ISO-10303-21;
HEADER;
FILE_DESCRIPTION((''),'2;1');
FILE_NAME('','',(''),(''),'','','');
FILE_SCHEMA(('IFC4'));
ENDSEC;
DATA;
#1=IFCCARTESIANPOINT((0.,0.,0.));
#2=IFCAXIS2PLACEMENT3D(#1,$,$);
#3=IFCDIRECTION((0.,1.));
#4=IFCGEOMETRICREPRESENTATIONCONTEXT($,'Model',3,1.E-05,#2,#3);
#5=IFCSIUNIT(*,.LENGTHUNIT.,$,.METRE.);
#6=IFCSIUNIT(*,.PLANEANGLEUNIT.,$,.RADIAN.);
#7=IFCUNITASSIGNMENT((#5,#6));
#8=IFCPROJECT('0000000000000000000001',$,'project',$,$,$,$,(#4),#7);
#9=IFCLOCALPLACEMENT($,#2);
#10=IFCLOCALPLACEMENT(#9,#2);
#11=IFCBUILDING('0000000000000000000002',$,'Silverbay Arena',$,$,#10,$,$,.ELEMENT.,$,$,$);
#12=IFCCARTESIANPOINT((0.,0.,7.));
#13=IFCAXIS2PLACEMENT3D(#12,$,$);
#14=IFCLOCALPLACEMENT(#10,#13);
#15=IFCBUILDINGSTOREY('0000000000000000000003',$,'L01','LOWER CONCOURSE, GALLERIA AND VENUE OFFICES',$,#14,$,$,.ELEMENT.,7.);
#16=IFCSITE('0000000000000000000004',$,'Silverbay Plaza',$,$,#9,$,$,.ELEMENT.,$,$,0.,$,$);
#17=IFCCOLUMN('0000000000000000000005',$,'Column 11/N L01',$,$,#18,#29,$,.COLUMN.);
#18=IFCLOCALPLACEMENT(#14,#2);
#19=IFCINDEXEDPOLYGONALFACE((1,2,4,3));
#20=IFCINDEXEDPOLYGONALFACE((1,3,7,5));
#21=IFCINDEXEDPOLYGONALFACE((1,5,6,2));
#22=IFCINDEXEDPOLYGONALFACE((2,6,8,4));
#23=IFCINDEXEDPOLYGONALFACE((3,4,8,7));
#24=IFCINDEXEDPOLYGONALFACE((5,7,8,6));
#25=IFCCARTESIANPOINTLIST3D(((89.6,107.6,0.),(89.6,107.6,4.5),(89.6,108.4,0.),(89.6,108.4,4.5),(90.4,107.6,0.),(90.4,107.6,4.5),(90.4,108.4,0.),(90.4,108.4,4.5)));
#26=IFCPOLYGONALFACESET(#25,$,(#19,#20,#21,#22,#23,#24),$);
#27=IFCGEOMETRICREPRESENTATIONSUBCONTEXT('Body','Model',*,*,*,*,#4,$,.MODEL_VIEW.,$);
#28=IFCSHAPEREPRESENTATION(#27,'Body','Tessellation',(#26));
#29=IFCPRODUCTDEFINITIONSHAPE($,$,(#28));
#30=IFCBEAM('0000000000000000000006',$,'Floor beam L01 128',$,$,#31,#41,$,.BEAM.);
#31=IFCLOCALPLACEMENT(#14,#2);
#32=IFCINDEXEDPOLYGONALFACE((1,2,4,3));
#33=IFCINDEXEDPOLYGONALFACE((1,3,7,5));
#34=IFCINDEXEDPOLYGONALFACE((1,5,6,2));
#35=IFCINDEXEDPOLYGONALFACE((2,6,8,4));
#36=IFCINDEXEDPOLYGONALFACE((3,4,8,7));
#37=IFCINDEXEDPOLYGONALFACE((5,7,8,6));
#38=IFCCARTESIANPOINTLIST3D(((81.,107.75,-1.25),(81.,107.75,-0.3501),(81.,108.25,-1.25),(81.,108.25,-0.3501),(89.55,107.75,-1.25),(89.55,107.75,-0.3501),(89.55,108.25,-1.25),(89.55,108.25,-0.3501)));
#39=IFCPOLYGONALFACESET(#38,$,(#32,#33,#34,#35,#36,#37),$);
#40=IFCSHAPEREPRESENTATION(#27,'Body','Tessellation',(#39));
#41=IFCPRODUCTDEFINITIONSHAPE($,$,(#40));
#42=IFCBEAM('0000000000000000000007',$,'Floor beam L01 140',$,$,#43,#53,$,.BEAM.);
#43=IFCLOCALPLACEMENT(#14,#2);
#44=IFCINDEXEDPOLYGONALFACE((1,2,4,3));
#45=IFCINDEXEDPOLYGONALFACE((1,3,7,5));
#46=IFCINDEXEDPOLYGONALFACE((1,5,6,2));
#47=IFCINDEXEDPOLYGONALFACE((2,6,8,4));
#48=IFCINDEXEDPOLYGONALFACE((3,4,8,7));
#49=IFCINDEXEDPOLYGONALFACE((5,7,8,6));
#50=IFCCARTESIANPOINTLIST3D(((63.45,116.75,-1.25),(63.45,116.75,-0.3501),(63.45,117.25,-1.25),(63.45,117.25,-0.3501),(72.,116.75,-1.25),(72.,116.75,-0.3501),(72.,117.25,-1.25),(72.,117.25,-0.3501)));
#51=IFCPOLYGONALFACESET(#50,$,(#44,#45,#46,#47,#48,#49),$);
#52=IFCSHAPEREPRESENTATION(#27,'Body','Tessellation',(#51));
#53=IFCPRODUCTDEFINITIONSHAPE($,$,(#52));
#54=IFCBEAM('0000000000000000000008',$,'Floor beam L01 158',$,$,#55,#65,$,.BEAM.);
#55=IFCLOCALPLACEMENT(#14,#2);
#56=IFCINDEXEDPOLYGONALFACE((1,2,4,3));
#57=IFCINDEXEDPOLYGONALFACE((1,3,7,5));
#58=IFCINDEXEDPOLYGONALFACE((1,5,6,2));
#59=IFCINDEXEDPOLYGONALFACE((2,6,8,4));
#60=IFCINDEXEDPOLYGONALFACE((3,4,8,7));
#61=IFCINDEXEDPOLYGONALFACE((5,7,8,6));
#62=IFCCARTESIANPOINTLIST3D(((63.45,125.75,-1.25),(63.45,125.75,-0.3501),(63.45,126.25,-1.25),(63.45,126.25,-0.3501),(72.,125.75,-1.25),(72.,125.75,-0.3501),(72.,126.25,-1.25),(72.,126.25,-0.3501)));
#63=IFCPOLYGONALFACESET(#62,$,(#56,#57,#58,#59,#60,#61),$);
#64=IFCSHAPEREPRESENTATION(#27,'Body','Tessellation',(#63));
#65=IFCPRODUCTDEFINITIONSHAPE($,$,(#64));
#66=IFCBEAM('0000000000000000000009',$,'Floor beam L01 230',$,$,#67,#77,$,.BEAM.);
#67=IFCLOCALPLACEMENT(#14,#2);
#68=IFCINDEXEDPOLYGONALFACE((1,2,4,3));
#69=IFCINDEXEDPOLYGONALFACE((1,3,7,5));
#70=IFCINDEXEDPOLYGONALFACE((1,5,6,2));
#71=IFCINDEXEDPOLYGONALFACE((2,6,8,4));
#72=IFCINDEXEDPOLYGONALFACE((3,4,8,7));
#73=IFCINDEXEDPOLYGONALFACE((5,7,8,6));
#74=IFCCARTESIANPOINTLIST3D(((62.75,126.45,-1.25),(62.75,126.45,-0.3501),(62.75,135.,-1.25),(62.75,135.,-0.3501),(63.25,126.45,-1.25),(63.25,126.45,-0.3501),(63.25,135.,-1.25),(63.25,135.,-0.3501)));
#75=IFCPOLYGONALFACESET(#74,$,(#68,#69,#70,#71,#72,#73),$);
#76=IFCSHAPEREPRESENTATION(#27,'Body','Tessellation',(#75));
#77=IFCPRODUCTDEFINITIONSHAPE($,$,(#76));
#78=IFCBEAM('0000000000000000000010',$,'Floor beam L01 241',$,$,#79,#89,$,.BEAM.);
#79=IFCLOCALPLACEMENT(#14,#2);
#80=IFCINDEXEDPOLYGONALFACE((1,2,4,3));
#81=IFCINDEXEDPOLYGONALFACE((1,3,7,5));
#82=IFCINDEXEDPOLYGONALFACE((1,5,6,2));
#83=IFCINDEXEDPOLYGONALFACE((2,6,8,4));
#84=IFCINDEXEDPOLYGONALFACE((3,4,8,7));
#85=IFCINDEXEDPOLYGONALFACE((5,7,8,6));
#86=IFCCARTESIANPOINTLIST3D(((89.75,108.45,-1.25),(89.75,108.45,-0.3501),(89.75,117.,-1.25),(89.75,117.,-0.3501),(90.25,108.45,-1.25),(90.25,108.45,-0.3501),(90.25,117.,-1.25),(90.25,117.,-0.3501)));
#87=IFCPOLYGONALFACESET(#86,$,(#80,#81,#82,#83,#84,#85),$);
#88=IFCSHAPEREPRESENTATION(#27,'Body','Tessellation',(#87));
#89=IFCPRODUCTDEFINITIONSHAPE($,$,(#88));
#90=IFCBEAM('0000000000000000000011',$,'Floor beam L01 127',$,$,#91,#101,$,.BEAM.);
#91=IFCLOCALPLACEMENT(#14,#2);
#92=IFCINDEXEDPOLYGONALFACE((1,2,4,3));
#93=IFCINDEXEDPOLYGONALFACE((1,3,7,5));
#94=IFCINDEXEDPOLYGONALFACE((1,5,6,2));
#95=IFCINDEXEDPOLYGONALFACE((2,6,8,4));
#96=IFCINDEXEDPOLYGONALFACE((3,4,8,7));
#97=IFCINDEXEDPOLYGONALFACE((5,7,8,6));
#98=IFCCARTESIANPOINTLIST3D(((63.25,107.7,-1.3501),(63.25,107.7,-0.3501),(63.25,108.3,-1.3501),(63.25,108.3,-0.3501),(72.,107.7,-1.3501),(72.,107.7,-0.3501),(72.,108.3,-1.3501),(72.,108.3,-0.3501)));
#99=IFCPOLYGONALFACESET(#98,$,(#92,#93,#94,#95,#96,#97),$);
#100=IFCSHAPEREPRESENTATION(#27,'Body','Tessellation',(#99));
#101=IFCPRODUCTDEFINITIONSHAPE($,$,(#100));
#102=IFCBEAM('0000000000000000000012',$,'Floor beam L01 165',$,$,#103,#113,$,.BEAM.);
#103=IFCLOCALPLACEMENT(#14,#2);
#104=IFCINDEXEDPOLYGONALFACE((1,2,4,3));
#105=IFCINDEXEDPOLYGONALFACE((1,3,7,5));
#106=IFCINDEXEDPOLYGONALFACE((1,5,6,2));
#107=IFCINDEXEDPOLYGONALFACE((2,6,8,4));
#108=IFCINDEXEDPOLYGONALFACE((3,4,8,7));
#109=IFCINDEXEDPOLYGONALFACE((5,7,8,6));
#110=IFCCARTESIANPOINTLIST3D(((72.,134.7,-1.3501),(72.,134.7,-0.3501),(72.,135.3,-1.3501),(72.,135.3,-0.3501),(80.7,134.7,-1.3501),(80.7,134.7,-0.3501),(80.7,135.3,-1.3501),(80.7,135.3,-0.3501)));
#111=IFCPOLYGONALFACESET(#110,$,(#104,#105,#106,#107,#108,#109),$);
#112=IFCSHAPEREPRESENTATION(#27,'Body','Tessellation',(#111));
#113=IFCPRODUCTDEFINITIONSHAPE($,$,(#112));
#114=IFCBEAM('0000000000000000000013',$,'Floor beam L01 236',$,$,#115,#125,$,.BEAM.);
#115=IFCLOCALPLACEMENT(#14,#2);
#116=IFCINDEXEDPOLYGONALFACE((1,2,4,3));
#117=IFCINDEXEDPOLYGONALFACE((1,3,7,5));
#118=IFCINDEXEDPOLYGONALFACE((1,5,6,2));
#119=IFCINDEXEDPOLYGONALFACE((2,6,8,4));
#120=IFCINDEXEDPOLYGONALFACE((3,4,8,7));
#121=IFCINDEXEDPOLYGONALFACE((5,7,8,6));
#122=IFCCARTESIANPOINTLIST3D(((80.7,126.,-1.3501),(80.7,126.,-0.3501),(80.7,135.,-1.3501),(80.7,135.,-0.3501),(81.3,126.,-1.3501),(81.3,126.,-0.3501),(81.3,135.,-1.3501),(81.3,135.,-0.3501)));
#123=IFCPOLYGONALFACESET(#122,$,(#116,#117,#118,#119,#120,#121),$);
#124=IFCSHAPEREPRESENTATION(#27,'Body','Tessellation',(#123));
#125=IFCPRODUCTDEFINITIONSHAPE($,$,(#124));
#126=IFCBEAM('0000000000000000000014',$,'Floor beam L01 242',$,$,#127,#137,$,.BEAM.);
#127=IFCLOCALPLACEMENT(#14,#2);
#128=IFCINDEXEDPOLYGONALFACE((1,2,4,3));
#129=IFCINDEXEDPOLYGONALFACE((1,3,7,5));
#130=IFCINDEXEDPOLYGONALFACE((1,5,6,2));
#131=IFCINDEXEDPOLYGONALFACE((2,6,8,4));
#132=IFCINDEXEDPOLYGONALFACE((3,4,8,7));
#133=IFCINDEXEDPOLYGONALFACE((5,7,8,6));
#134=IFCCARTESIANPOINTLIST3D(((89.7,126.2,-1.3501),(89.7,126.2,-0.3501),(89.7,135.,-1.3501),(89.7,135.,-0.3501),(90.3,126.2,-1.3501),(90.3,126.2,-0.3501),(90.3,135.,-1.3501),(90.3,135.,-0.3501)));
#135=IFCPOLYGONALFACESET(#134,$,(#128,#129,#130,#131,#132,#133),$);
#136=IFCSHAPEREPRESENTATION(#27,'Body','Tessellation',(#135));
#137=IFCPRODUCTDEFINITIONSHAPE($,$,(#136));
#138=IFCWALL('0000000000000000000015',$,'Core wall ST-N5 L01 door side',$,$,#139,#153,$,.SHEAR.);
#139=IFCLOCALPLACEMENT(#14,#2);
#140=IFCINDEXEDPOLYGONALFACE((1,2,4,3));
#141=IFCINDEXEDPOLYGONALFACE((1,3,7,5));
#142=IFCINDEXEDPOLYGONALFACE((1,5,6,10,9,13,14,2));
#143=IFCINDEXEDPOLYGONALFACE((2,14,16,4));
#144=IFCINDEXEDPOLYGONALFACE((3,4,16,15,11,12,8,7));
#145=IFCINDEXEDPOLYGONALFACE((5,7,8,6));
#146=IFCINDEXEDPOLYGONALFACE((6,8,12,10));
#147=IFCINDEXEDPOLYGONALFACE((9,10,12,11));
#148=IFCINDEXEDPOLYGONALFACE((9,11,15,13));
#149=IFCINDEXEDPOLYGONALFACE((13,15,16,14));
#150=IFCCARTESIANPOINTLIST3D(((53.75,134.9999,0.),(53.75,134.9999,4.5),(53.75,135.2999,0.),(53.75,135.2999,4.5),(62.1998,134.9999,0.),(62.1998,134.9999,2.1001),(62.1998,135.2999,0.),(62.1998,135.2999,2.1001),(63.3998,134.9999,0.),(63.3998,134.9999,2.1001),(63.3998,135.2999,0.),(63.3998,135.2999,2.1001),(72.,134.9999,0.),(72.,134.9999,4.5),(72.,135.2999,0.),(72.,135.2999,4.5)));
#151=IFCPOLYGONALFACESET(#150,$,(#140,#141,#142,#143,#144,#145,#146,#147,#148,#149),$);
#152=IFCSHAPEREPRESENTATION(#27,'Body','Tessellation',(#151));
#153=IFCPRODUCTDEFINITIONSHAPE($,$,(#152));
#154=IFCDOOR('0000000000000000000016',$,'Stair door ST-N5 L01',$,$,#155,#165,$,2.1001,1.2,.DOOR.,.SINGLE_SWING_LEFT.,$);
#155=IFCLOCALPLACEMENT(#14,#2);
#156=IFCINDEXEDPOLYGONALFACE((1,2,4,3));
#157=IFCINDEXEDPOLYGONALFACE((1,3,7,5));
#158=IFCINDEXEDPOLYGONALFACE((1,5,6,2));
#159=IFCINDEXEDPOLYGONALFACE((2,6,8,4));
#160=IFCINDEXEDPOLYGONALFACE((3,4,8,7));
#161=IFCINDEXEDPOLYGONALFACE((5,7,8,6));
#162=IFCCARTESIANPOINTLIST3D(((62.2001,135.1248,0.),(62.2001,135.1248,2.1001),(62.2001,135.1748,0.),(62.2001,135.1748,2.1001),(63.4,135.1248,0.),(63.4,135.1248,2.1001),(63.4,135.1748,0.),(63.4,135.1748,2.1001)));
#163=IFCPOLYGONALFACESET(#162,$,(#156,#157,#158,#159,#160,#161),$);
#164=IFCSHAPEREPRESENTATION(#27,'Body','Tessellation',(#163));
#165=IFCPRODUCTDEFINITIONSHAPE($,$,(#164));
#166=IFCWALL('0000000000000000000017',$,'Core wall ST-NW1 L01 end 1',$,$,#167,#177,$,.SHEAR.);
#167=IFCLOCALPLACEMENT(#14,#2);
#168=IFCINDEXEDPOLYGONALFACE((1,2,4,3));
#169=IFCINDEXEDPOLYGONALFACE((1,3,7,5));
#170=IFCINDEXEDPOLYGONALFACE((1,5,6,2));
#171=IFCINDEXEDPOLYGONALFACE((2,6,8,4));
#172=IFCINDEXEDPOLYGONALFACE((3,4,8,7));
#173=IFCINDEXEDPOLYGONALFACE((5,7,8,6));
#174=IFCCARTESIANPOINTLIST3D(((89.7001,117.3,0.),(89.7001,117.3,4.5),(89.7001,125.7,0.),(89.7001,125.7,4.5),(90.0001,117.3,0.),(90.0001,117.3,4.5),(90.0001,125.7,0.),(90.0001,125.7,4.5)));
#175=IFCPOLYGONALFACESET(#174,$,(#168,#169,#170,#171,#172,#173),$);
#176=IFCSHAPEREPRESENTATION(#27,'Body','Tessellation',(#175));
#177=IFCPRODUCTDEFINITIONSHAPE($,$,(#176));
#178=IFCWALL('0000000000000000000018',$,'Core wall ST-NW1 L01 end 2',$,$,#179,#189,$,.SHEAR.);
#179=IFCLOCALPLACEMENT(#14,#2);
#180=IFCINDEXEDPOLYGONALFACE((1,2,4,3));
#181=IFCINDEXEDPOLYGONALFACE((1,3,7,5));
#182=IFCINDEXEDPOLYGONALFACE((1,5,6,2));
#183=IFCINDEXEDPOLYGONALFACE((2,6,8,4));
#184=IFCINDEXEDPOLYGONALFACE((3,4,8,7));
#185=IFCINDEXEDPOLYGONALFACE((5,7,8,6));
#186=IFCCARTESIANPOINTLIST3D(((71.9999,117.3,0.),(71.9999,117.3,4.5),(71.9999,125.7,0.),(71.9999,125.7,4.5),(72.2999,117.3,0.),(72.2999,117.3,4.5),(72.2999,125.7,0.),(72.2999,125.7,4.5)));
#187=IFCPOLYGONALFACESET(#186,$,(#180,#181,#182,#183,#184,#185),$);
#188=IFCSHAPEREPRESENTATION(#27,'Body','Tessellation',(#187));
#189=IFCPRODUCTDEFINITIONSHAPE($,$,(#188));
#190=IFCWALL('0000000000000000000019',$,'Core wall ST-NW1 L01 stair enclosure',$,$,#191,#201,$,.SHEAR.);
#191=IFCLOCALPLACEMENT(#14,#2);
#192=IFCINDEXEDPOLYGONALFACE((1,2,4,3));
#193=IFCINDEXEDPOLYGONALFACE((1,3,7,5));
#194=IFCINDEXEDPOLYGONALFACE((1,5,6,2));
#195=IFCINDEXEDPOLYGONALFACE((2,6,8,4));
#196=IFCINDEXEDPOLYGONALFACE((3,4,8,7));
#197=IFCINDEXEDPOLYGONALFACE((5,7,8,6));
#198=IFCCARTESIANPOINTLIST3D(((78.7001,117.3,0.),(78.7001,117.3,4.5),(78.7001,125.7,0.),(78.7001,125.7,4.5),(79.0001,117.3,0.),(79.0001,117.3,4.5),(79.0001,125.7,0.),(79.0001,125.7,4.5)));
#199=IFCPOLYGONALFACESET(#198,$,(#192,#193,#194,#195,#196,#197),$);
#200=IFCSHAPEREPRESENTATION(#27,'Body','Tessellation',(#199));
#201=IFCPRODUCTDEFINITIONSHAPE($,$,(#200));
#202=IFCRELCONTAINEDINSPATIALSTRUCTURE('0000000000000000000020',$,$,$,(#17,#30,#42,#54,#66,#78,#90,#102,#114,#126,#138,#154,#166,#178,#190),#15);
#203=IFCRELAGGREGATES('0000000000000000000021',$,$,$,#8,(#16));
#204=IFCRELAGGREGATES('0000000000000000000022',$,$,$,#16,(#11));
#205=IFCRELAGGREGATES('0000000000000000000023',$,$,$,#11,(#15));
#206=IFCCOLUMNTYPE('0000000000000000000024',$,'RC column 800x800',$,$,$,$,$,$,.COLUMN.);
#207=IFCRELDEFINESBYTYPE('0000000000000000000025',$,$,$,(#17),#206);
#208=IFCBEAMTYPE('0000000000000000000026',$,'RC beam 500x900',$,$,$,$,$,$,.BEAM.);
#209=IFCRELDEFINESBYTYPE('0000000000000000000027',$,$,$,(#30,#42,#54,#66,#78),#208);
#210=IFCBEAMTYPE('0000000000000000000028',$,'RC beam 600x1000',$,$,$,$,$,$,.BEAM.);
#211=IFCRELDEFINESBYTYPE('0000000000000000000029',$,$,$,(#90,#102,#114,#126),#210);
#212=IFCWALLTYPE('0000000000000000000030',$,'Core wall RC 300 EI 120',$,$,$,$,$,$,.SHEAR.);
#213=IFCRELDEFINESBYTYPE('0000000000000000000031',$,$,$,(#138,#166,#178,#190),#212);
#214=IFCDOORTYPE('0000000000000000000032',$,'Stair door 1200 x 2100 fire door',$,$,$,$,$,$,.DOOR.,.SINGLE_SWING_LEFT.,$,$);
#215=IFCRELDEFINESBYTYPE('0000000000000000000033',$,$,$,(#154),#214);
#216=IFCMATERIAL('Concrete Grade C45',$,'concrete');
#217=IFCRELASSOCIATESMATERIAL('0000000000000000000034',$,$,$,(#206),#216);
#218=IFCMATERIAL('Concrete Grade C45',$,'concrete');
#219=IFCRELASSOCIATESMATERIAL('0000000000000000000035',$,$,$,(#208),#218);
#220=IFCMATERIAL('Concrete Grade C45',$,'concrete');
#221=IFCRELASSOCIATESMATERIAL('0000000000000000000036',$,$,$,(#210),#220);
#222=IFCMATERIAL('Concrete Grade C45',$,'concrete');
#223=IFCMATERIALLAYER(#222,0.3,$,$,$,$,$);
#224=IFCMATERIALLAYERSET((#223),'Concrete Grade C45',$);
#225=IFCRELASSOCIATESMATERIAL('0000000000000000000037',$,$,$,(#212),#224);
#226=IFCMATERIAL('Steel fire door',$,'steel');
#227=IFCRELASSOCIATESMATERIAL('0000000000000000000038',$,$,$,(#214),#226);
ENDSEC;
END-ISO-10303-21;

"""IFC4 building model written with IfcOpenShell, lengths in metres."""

from ifc_helpers import new_model, si_unit, direction, frame, frame_2d, origin, origin_2d, place, context, subcontext, project, spatial, rectangle, extrude, material, layer, layer_set, material_profile, profile_set, type_object, element, fill, save


model = new_model("IFC4")

# Units and contexts
model_context = context("Model", 3, precision=1e-05, world=origin(), true_north=direction((0.0, 1.0)))
body_context = subcontext(model_context, "Body", "Model", "MODEL_VIEW")
ifc_project = project(units=[si_unit("LENGTHUNIT", "METRE"), si_unit("PLANEANGLEUNIT", "RADIAN")], contexts=[model_context])

# Site, building, storey
site_placement = place(None, origin())
site = spatial("IfcSite", under=ifc_project, at=site_placement, Name="Silverbay Plaza", CompositionType="ELEMENT", RefElevation=0.0)
building_placement = place(site_placement, origin())
building = spatial("IfcBuilding", under=site, at=building_placement, Name="Silverbay Arena", CompositionType="ELEMENT")
storey_placement = place(building_placement, frame((0.0, 0.0, 7.0)))
storey = spatial("IfcBuildingStorey", under=building, at=storey_placement, Name="L01", Description="LOWER CONCOURSE, GALLERIA AND VENUE OFFICES", CompositionType="ELEMENT", Elevation=7.0)

# Column
ifc_material_1 = material(Name="Concrete Grade C45", Category="concrete")
ifc_material_profile_1 = material_profile(ifc_material_1, rectangle(XDim=0.8, YDim=0.8, at=origin_2d()), Name="RC 800x800")
ifc_profile_set_1 = profile_set([ifc_material_profile_1], Name="Concrete Grade C45")
column_type = type_object("IfcColumnType", Name="RC column 800x800", PredefinedType="COLUMN", material=ifc_profile_set_1)
column_placement = place(storey_placement, frame((90.0, 108.0, 0.0), z_axis=(0.0, 0.0, 1.0), x_axis=(1.0, 0.0, 0.0)))
element("IfcColumn", 1, at=column_placement, inside=storey, type_object=column_type, Name="Column 11/N L01", PredefinedType="COLUMN", context=body_context, shape_type="SweptSolid", body=[
    extrude(rectangle(XDim=0.8, YDim=0.8, at=origin_2d()), origin(), (0.0, 0.0, 1.0), 4.5),
])

# Beams
ifc_material_2 = material(Name="Concrete Grade C45", Category="concrete")
ifc_material_profile_2 = material_profile(ifc_material_2, rectangle(XDim=0.5, YDim=0.8999, at=origin_2d()), Name="RC 500x900")
ifc_profile_set_2 = profile_set([ifc_material_profile_2], Name="Concrete Grade C45")
beam_type_1 = type_object("IfcBeamType", Name="RC beam 500x900", PredefinedType="BEAM", material=ifc_profile_set_2)
for number, where, z_axis, x_axis, name in (
    (2, (81.0, 108.0, -0.8), (1.0, 0.0, 0.0), (0.0, 1.0, 0.0), "Floor beam L01 128"),
    (3, (63.45, 117.0, -0.8), (1.0, 0.0, 0.0), (0.0, 1.0, 0.0), "Floor beam L01 140"),
    (4, (63.45, 126.0, -0.8), (1.0, 0.0, 0.0), (0.0, 1.0, 0.0), "Floor beam L01 158"),
    (5, (63.0, 126.45, -0.8), (0.0, 1.0, 0.0), (-1.0, 0.0, 0.0), "Floor beam L01 230"),
    (6, (90.0, 108.45, -0.8), (0.0, 1.0, 0.0), (-1.0, 0.0, 0.0), "Floor beam L01 241"),
):
    element("IfcBeam", number, at=place(storey_placement, frame(where, z_axis=z_axis, x_axis=x_axis)), inside=storey, type_object=beam_type_1, Name=name, PredefinedType="BEAM", context=body_context, shape_type="SweptSolid", body=[
        extrude(rectangle(XDim=0.5, YDim=0.8999, at=origin_2d()), origin(), (0.0, 0.0, 1.0), 8.55),
    ])
ifc_material_3 = material(Name="Concrete Grade C45", Category="concrete")
ifc_material_profile_3 = material_profile(ifc_material_3, rectangle(XDim=0.6001, YDim=1.0, at=origin_2d()), Name="RC 600x1000")
ifc_profile_set_3 = profile_set([ifc_material_profile_3], Name="Concrete Grade C45")
beam_type_2 = type_object("IfcBeamType", Name="RC beam 600x1000", PredefinedType="BEAM", material=ifc_profile_set_3)
beam_1_placement = place(storey_placement, frame((63.25, 108.0, -0.8501), z_axis=(1.0, 0.0, 0.0), x_axis=(0.0, 1.0, 0.0)))
element("IfcBeam", 7, at=beam_1_placement, inside=storey, type_object=beam_type_2, Name="Floor beam L01 127", PredefinedType="BEAM", context=body_context, shape_type="SweptSolid", body=[
    extrude(rectangle(XDim=0.6001, YDim=1.0, at=origin_2d()), origin(), (0.0, 0.0, 1.0), 8.75),
])
beam_2_placement = place(storey_placement, frame((72.0, 135.0, -0.8501), z_axis=(1.0, 0.0, 0.0), x_axis=(0.0, 1.0, 0.0)))
element("IfcBeam", 8, at=beam_2_placement, inside=storey, type_object=beam_type_2, Name="Floor beam L01 165", PredefinedType="BEAM", context=body_context, shape_type="SweptSolid", body=[
    extrude(rectangle(XDim=0.6001, YDim=1.0, at=origin_2d()), origin(), (0.0, 0.0, 1.0), 8.7),
])
beam_3_placement = place(storey_placement, frame((81.0, 126.0, -0.8501), z_axis=(0.0, 1.0, 0.0), x_axis=(-1.0, 0.0, 0.0)))
element("IfcBeam", 9, at=beam_3_placement, inside=storey, type_object=beam_type_2, Name="Floor beam L01 236", PredefinedType="BEAM", context=body_context, shape_type="SweptSolid", body=[
    extrude(rectangle(XDim=0.6001, YDim=1.0, at=origin_2d()), origin(), (0.0, 0.0, 1.0), 9.0),
])
beam_4_placement = place(storey_placement, frame((90.0, 126.2, -0.8501), z_axis=(0.0, 1.0, 0.0), x_axis=(-1.0, 0.0, 0.0)))
element("IfcBeam", 10, at=beam_4_placement, inside=storey, type_object=beam_type_2, Name="Floor beam L01 242", PredefinedType="BEAM", context=body_context, shape_type="SweptSolid", body=[
    extrude(rectangle(XDim=0.6001, YDim=1.0, at=origin_2d()), origin(), (0.0, 0.0, 1.0), 8.8),
])

# Wall, opening, door
ifc_material_4 = material(Name="Concrete Grade C45", Category="concrete")
ifc_layer = layer(ifc_material_4, 0.3)
ifc_layer_set = layer_set([ifc_layer], Name="Concrete Grade C45")
wall_type = type_object("IfcWallType", Name="Core wall RC 300 EI 120", PredefinedType="SHEAR", material=ifc_layer_set)
wall_placement = place(storey_placement, frame((72.0, 135.1499, 0.0), z_axis=(0.0, 0.0, 1.0), x_axis=(-1.0, 0.0, 0.0)))
wall = element("IfcWall", 11, at=wall_placement, inside=storey, type_object=wall_type, Name="Core wall ST-N5 L01 door side", PredefinedType="SHEAR", context=body_context, shape_type="SweptSolid", body=[
    extrude(rectangle(XDim=18.25, YDim=0.3, at=frame_2d((9.125, 0.0))), origin(), (0.0, 0.0, 1.0), 4.5),
])
opening_placement = place(wall_placement, frame((8.6001, 0.0, 0.0)))
opening = element("IfcOpeningElement", 12, at=opening_placement, cuts=wall, PredefinedType="OPENING", context=body_context, shape_type="SweptSolid", body=[
    extrude(rectangle(XDim=1.2, YDim=2.1001, at=frame_2d((0.6001, 1.05))), frame((0.0, 0.1602, 0.0), z_axis=(0.0, -1.0, 0.0), x_axis=(1.0, 0.0, 0.0)), (0.0, 0.0, 1.0), 0.3201),
])
ifc_material_5 = material(Name="Steel fire door", Category="steel")
door_type = type_object("IfcDoorType", Name="Stair door 1200 x 2100 fire door", OperationType="SINGLE_SWING_LEFT", PredefinedType="DOOR", material=ifc_material_5)
door_placement = place(opening_placement, frame((1.2, 0.0, 0.0), z_axis=(0.0, 0.0, 1.0), x_axis=(-1.0, 0.0, 0.0)))
door = element("IfcDoor", 13, at=door_placement, inside=storey, type_object=door_type, Name="Stair door ST-N5 L01", OperationType="SINGLE_SWING_LEFT", OverallHeight=2.1001, OverallWidth=1.2, PredefinedType="DOOR", context=body_context, shape_type="SweptSolid", body=[
    extrude(rectangle(XDim=1.2, YDim=2.1001, at=frame_2d((0.6001, 1.05))), frame((0.0, 0.0249, 0.0), z_axis=(0.0, -1.0, 0.0), x_axis=(1.0, 0.0, 0.0)), (0.0, 0.0, 1.0), 0.05),
])
fill(opening, door)

# Walls
for number, where, z_axis, x_axis, name in (
    (14, (89.8501, 117.3, 0.0), (0.0, 0.0, 1.0), (0.0, 1.0, 0.0), "Core wall ST-NW1 L01 end 1"),
    (15, (72.1499, 117.3, 0.0), (0.0, 0.0, 1.0), (0.0, 1.0, 0.0), "Core wall ST-NW1 L01 end 2"),
    (16, (78.8501, 117.3, 0.0), (0.0, 0.0, 1.0), (0.0, 1.0, 0.0), "Core wall ST-NW1 L01 stair enclosure"),
):
    element("IfcWall", number, at=place(storey_placement, frame(where, z_axis=z_axis, x_axis=x_axis)), inside=storey, type_object=wall_type, Name=name, PredefinedType="SHEAR", context=body_context, shape_type="SweptSolid", body=[
        extrude(rectangle(XDim=8.3999, YDim=0.3, at=frame_2d((4.2, 0.0))), origin(), (0.0, 0.0, 1.0), 4.5),
    ])

save(model, "model.ifc")
